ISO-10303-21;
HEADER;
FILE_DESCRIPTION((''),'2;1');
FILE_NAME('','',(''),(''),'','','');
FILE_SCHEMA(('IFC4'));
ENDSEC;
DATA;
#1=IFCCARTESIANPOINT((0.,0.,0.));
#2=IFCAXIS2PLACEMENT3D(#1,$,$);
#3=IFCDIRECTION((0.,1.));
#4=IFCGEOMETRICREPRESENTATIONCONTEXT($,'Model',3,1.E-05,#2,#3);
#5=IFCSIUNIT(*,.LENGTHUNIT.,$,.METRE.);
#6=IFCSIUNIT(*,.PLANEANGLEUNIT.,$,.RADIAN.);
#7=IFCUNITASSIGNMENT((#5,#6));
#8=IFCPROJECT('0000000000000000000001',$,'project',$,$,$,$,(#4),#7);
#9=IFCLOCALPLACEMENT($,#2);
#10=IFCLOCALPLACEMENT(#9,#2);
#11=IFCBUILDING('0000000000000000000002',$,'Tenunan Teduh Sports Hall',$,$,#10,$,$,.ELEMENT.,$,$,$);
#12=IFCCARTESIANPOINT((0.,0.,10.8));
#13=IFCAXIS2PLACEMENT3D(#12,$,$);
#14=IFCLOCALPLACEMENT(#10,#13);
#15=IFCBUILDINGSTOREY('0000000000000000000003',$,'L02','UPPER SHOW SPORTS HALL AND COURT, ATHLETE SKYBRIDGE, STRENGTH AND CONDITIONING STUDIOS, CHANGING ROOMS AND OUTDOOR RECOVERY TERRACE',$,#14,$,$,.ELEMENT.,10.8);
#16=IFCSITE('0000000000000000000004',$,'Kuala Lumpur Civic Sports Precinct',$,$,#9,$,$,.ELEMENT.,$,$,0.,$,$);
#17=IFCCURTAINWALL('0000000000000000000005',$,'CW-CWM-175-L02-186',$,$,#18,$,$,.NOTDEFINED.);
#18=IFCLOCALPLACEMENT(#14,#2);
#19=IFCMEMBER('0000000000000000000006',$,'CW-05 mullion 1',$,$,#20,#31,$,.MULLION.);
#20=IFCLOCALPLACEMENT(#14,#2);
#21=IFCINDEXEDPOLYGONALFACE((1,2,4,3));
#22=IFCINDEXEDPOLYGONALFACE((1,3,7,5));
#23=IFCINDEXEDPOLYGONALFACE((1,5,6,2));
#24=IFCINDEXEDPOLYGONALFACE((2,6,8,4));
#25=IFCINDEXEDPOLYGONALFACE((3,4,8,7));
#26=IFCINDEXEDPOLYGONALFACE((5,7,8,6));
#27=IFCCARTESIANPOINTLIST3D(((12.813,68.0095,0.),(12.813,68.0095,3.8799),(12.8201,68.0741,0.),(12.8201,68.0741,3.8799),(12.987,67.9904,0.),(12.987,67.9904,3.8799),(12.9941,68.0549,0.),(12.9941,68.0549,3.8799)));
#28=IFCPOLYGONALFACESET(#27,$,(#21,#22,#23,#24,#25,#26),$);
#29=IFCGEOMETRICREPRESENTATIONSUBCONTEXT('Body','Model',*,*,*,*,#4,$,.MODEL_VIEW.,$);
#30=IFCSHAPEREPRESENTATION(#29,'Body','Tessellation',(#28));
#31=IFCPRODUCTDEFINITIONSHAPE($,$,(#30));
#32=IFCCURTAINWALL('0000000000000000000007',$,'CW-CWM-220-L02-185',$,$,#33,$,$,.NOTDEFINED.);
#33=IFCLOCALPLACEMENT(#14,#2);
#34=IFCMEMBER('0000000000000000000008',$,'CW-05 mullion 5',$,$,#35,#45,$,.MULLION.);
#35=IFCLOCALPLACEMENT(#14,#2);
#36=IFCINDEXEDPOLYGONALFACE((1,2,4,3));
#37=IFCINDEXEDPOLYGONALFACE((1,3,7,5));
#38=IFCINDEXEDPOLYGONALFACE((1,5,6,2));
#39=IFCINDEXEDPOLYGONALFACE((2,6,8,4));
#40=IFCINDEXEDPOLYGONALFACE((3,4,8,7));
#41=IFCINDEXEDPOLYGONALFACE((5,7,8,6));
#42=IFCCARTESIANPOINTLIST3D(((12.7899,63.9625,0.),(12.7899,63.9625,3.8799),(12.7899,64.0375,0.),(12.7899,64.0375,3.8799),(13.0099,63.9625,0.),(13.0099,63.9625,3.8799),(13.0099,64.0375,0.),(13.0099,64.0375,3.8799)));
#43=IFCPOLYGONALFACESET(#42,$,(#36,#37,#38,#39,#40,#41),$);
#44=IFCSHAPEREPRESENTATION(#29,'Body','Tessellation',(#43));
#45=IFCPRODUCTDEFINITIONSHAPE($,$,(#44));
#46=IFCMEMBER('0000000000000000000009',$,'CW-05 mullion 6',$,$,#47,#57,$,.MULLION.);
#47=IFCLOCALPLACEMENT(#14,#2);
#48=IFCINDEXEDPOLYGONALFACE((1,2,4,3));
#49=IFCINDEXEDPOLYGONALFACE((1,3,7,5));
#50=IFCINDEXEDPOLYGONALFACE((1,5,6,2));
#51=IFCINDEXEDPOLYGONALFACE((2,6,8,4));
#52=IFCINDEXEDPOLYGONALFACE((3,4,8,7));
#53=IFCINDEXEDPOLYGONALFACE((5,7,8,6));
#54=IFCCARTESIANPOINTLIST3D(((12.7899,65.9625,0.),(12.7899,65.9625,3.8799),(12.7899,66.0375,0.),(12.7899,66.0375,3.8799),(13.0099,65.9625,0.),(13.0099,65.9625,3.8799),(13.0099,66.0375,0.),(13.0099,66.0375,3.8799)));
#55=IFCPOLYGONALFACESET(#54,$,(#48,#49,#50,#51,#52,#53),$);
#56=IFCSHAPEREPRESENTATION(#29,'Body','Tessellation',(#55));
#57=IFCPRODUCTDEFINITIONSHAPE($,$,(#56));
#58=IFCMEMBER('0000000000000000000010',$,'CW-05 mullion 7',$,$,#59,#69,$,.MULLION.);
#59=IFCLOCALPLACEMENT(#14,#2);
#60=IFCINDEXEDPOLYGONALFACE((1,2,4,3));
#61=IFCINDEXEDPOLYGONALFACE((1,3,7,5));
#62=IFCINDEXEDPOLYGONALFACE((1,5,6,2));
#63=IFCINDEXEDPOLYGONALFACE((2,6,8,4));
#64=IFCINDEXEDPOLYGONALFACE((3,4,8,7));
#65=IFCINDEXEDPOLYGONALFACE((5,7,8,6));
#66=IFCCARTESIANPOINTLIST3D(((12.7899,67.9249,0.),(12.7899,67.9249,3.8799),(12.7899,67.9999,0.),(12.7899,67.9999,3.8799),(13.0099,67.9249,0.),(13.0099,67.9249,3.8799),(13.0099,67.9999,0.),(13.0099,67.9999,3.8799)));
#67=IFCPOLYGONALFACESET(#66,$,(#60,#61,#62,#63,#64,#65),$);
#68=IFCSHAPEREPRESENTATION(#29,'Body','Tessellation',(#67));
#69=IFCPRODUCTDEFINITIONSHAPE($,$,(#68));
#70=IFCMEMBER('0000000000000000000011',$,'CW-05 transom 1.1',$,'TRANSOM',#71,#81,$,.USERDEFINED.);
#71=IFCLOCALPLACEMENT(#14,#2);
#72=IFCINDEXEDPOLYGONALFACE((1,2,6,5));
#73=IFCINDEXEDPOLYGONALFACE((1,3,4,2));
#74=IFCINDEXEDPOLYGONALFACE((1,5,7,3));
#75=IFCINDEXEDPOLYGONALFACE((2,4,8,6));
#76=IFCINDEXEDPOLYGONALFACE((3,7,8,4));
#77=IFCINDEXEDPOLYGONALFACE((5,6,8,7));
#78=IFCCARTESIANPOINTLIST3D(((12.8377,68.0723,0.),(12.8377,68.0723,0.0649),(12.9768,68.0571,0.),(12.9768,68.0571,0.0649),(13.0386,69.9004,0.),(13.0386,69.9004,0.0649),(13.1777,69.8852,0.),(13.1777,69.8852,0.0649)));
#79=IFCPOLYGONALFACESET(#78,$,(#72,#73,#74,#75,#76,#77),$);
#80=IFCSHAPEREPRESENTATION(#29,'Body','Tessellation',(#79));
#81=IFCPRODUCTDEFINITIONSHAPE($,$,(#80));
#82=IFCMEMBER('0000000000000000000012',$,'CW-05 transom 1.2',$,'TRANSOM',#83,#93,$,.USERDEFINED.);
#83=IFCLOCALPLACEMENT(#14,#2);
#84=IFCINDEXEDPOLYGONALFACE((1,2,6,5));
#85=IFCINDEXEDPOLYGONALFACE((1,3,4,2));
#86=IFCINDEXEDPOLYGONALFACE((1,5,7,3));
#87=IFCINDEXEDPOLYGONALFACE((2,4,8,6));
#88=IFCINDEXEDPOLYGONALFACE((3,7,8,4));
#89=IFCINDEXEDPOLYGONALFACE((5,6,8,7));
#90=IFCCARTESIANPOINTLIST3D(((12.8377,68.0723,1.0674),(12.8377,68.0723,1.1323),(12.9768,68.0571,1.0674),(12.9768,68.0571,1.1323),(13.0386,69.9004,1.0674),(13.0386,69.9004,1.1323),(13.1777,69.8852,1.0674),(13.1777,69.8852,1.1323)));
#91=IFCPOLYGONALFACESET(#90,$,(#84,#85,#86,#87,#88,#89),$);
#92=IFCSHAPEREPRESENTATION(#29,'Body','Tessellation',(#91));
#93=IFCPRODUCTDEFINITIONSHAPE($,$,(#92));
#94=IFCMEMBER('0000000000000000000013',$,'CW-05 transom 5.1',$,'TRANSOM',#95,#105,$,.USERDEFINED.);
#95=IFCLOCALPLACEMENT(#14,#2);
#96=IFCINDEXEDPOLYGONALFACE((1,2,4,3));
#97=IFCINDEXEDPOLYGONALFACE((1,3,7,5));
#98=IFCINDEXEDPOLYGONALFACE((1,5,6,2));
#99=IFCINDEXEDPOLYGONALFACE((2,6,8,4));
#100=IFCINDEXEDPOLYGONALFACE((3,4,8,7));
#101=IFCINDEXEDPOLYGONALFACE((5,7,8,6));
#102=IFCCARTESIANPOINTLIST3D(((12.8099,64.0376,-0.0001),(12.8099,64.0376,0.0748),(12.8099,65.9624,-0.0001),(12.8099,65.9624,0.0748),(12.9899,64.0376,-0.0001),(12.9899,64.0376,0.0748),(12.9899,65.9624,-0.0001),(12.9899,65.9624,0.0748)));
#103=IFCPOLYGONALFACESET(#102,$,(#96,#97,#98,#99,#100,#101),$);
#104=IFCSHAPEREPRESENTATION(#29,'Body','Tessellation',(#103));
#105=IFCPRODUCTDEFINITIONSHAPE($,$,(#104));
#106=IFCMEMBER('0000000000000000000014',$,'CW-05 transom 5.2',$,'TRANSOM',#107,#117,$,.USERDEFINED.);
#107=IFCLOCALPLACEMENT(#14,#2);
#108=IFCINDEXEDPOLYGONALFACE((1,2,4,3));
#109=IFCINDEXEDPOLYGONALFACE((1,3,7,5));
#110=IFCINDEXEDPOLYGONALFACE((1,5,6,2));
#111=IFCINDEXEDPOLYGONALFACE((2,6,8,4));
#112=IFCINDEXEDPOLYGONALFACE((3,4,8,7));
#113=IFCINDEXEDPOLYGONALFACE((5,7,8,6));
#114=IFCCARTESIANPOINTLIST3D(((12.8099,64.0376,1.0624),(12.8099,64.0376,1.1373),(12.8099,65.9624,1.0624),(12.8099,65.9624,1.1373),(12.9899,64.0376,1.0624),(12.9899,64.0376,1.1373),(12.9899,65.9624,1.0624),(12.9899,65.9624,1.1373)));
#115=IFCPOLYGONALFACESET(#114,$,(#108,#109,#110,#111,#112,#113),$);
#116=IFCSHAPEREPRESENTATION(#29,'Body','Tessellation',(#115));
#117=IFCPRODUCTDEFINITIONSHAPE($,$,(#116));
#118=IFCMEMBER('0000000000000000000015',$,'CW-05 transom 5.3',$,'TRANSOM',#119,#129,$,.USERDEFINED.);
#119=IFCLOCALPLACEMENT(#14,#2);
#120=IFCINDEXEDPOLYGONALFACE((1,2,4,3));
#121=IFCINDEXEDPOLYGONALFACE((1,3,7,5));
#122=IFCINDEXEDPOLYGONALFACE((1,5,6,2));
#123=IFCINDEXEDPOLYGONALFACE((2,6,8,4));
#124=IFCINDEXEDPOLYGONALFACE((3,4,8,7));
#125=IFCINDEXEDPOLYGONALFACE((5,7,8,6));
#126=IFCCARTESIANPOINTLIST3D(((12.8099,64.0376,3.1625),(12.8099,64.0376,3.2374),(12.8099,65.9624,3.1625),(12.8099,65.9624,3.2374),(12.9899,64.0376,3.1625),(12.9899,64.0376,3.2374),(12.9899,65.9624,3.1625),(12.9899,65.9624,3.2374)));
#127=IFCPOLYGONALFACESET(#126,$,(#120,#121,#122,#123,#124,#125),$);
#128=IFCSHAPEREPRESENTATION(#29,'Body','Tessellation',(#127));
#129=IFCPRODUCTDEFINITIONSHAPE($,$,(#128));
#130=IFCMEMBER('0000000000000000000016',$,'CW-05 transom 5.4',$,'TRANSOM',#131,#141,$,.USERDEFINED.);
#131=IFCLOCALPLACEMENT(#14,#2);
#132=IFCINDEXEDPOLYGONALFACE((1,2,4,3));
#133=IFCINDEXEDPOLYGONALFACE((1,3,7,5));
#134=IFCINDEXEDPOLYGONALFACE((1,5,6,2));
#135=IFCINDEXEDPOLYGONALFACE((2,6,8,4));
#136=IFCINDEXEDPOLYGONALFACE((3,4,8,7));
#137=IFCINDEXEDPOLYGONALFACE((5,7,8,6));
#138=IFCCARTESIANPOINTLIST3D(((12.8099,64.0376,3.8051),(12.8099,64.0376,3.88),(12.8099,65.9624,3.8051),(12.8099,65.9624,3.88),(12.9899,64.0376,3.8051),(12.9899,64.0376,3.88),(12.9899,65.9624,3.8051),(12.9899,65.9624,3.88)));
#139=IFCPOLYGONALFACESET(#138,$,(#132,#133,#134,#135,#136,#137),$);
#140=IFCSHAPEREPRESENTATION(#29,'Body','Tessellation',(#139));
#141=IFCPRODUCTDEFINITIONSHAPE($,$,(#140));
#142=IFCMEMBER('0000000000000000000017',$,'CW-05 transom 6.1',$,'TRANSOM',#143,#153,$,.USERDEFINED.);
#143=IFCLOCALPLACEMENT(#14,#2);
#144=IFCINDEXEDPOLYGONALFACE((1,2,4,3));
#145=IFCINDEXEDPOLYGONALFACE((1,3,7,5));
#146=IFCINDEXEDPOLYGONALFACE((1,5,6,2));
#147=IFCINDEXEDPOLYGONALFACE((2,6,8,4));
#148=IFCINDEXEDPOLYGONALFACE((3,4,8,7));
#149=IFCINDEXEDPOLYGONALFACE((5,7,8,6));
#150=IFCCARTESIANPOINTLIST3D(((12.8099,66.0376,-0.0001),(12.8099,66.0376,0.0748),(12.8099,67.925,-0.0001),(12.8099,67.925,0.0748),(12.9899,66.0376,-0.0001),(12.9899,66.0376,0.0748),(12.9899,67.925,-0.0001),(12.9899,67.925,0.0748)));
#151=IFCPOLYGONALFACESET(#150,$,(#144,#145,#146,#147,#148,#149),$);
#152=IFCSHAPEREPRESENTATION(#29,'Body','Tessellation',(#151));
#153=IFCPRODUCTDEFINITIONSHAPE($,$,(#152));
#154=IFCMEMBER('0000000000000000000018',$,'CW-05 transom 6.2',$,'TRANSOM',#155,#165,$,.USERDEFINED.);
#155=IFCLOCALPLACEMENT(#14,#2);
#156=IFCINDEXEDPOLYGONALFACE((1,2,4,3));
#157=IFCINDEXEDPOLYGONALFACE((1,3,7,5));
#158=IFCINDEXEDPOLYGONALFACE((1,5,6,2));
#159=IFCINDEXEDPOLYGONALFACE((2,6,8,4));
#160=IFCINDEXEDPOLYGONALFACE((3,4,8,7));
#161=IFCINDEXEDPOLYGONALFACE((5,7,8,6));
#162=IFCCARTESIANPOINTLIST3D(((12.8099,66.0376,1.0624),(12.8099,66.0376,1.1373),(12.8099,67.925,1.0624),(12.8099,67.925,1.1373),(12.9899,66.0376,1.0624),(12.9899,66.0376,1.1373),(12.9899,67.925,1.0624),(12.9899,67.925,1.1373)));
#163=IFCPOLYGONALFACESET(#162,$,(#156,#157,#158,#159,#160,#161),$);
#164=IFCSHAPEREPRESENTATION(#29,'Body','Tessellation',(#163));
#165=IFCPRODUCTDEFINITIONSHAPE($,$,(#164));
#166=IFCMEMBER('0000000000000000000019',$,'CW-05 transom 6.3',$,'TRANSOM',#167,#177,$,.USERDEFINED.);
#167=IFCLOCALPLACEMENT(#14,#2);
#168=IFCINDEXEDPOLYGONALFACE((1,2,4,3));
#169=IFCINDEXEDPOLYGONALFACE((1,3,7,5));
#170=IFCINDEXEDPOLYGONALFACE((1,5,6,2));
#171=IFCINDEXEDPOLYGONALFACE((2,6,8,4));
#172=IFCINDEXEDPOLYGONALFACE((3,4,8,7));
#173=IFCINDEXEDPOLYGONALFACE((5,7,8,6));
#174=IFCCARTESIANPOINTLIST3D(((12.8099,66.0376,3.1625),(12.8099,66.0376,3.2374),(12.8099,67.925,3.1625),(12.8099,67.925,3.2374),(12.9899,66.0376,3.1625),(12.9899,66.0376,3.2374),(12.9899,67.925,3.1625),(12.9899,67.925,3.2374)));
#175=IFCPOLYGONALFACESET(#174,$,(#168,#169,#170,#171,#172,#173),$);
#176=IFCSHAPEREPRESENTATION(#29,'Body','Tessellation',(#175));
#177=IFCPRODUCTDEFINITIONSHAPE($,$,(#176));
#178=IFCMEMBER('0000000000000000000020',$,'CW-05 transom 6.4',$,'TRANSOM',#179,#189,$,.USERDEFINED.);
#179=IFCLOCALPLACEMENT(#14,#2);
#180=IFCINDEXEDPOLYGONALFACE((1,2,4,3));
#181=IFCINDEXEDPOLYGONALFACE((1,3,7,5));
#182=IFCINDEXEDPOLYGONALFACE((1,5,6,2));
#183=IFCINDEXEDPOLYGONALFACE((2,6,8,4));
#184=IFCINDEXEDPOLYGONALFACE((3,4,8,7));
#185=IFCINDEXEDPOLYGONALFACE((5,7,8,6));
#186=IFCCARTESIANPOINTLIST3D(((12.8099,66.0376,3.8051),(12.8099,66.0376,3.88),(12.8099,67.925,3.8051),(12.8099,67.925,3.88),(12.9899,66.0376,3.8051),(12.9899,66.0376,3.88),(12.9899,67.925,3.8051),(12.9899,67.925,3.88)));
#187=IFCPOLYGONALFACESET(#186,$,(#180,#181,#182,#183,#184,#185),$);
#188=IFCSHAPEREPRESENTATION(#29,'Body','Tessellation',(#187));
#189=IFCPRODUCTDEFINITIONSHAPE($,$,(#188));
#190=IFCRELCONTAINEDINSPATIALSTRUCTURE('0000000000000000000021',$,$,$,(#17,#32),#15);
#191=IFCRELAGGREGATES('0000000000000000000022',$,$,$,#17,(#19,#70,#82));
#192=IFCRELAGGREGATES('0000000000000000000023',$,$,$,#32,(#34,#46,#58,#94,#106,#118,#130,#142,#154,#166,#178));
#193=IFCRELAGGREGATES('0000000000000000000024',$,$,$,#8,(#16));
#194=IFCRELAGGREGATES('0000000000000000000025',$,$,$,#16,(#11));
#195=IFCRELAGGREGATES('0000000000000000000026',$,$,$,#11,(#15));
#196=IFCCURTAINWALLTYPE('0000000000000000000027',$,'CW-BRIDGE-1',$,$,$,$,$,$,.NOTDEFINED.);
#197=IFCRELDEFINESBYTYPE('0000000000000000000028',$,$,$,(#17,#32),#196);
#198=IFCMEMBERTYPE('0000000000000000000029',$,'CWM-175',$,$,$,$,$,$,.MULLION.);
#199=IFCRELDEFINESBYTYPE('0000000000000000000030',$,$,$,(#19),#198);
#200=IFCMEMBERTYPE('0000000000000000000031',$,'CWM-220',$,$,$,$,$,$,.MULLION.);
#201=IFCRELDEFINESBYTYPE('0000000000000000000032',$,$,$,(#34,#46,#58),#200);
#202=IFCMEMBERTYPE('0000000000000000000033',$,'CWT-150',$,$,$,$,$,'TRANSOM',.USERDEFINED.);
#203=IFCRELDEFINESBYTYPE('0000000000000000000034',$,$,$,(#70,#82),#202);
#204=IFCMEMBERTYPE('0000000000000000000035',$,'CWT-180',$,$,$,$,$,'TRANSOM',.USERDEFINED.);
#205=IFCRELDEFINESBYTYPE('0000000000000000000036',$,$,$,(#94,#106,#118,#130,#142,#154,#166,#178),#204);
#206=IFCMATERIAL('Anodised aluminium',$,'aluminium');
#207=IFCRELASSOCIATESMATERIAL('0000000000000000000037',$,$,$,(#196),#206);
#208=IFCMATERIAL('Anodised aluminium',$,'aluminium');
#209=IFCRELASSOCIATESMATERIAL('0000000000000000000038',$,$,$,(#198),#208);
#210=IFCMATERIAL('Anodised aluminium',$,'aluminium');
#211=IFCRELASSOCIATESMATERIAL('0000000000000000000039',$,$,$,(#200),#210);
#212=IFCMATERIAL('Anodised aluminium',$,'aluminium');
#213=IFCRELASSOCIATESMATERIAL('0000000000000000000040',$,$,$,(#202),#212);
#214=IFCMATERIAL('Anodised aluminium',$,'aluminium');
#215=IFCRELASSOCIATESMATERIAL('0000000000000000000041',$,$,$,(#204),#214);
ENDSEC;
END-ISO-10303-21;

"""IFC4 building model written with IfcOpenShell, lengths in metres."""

from ifc_helpers import new_model, si_unit, direction, frame, origin, origin_2d, place, context, subcontext, project, spatial, rectangle, extrude, material, material_profile, profile_set, type_object, element, aggregate, save


model = new_model("IFC4")

# Units and contexts
model_context = context("Model", 3, precision=1e-05, world=origin(), true_north=direction((0.0, 1.0)))
body_context = subcontext(model_context, "Body", "Model", "MODEL_VIEW")
ifc_project = project(units=[si_unit("LENGTHUNIT", "METRE"), si_unit("PLANEANGLEUNIT", "RADIAN")], contexts=[model_context])

# Site, building, storey
site_placement = place(None, origin())
site = spatial("IfcSite", under=ifc_project, at=site_placement, Name="Kuala Lumpur Civic Sports Precinct", CompositionType="ELEMENT", RefElevation=0.0)
building_placement = place(site_placement, origin())
building = spatial("IfcBuilding", under=site, at=building_placement, Name="Tenunan Teduh Sports Hall", CompositionType="ELEMENT")
storey_placement = place(building_placement, frame((0.0, 0.0, 10.8)))
storey = spatial("IfcBuildingStorey", under=building, at=storey_placement, Name="L02", Description="UPPER SHOW SPORTS HALL AND COURT, ATHLETE SKYBRIDGE, STRENGTH AND CONDITIONING STUDIOS, CHANGING ROOMS AND OUTDOOR RECOVERY TERRACE", CompositionType="ELEMENT", Elevation=10.8)

# Curtain wall, member
ifc_material_1 = material(Name="Anodised aluminium", Category="aluminium")
curtain_wall_type = type_object("IfcCurtainWallType", Name="CW-BRIDGE-1", PredefinedType="NOTDEFINED", material=ifc_material_1)
curtain_wall_1_placement = place(storey_placement, origin())
curtain_wall_1 = element("IfcCurtainWall", 1, at=curtain_wall_1_placement, inside=storey, type_object=curtain_wall_type, Name="CW-CWM-175-L02-186", PredefinedType="NOTDEFINED")
ifc_material_2 = material(Name="Anodised aluminium", Category="aluminium")
ifc_material_profile_1 = material_profile(ifc_material_2, rectangle(XDim=0.0649, YDim=0.175, at=origin_2d()), Name="CWM 65x175")
ifc_profile_set_1 = profile_set([ifc_material_profile_1], Name="Anodised aluminium")
member_type_1 = type_object("IfcMemberType", Name="CWM-175", PredefinedType="MULLION", material=ifc_profile_set_1)
member_1_placement = place(storey_placement, frame((12.9036, 68.0322, 0.0), z_axis=(0.0, 0.0, 1.0), x_axis=(0.109337, 0.994005, 0.0)))
member_1 = element("IfcMember", 2, at=member_1_placement, type_object=member_type_1, Name="CW-05 mullion 1", PredefinedType="MULLION", context=body_context, shape_type="SweptSolid", body=[
    extrude(rectangle(XDim=0.0649, YDim=0.175, at=origin_2d()), origin(), (0.0, 0.0, 1.0), 3.8799),
])

# Curtain wall, members
curtain_wall_2_placement = place(storey_placement, origin())
curtain_wall_2 = element("IfcCurtainWall", 3, at=curtain_wall_2_placement, inside=storey, type_object=curtain_wall_type, Name="CW-CWM-220-L02-185", PredefinedType="NOTDEFINED")
ifc_material_3 = material(Name="Anodised aluminium", Category="aluminium")
ifc_material_profile_2 = material_profile(ifc_material_3, rectangle(XDim=0.075, YDim=0.22, at=origin_2d()), Name="CWM 75x220")
ifc_profile_set_2 = profile_set([ifc_material_profile_2], Name="Anodised aluminium")
member_type_2 = type_object("IfcMemberType", Name="CWM-220", PredefinedType="MULLION", material=ifc_profile_set_2)
member_2_placement = place(storey_placement, frame((12.8999, 64.0, 0.0), z_axis=(0.0, 0.0, 1.0), x_axis=(0.0, 1.0, 0.0)))
member_2 = element("IfcMember", 4, at=member_2_placement, type_object=member_type_2, Name="CW-05 mullion 5", PredefinedType="MULLION", context=body_context, shape_type="SweptSolid", body=[
    extrude(rectangle(XDim=0.075, YDim=0.22, at=origin_2d()), origin(), (0.0, 0.0, 1.0), 3.8799),
])
member_3_placement = place(storey_placement, frame((12.8999, 66.0, 0.0), z_axis=(0.0, 0.0, 1.0), x_axis=(0.0, 1.0, 0.0)))
member_3 = element("IfcMember", 5, at=member_3_placement, type_object=member_type_2, Name="CW-05 mullion 6", PredefinedType="MULLION", context=body_context, shape_type="SweptSolid", body=[
    extrude(rectangle(XDim=0.075, YDim=0.22, at=origin_2d()), origin(), (0.0, 0.0, 1.0), 3.8799),
])
member_4_placement = place(storey_placement, frame((12.8999, 67.9624, 0.0), z_axis=(0.0, 0.0, 1.0), x_axis=(0.0, 1.0, 0.0)))
member_4 = element("IfcMember", 6, at=member_4_placement, type_object=member_type_2, Name="CW-05 mullion 7", PredefinedType="MULLION", context=body_context, shape_type="SweptSolid", body=[
    extrude(rectangle(XDim=0.075, YDim=0.22, at=origin_2d()), origin(), (0.0, 0.0, 1.0), 3.8799),
])

# Members
ifc_material_4 = material(Name="Anodised aluminium", Category="aluminium")
ifc_material_profile_3 = material_profile(ifc_material_4, rectangle(XDim=0.0649, YDim=0.1399, at=origin_2d()), Name="CWT 65x140")
ifc_profile_set_3 = profile_set([ifc_material_profile_3], Name="Anodised aluminium")
member_type_3 = type_object("IfcMemberType", Name="CWT-150", ElementType="TRANSOM", PredefinedType="USERDEFINED", material=ifc_profile_set_3)
member_5_placement = place(storey_placement, frame((12.9072, 68.0647, 0.0325), z_axis=(0.109251, 0.994014, 0.0), x_axis=(0.0, 0.0, 1.0)))
member_5 = element("IfcMember", 7, at=member_5_placement, type_object=member_type_3, Name="CW-05 transom 1.1", ObjectType="TRANSOM", PredefinedType="USERDEFINED", context=body_context, shape_type="SweptSolid", body=[
    extrude(rectangle(XDim=0.0649, YDim=0.1399, at=origin_2d()), origin(), (0.0, 0.0, 1.0), 1.8391),
])
member_6_placement = place(storey_placement, frame((12.9072, 68.0647, 1.0999), z_axis=(0.109251, 0.994014, 0.0), x_axis=(0.0, 0.0, 1.0)))
member_6 = element("IfcMember", 8, at=member_6_placement, type_object=member_type_3, Name="CW-05 transom 1.2", ObjectType="TRANSOM", PredefinedType="USERDEFINED", context=body_context, shape_type="SweptSolid", body=[
    extrude(rectangle(XDim=0.0649, YDim=0.1399, at=origin_2d()), origin(), (0.0, 0.0, 1.0), 1.8391),
])
aggregate(curtain_wall_1, [member_1, member_5, member_6])
ifc_material_5 = material(Name="Anodised aluminium", Category="aluminium")
ifc_material_profile_4 = material_profile(ifc_material_5, rectangle(XDim=0.075, YDim=0.1799, at=origin_2d()), Name="CWT 75x180")
ifc_profile_set_4 = profile_set([ifc_material_profile_4], Name="Anodised aluminium")
member_type_4 = type_object("IfcMemberType", Name="CWT-180", ElementType="TRANSOM", PredefinedType="USERDEFINED", material=ifc_profile_set_4)
member_7_placement = place(storey_placement, frame((12.8999, 64.0376, 0.0374), z_axis=(0.0, 1.0, 0.0), x_axis=(0.0, 0.0, 1.0)))
member_7 = element("IfcMember", 9, at=member_7_placement, type_object=member_type_4, Name="CW-05 transom 5.1", ObjectType="TRANSOM", PredefinedType="USERDEFINED", context=body_context, shape_type="SweptSolid", body=[
    extrude(rectangle(XDim=0.075, YDim=0.1799, at=origin_2d()), origin(), (0.0, 0.0, 1.0), 1.9248),
])
member_8_placement = place(storey_placement, frame((12.8999, 64.0376, 1.0999), z_axis=(0.0, 1.0, 0.0), x_axis=(0.0, 0.0, 1.0)))
member_8 = element("IfcMember", 10, at=member_8_placement, type_object=member_type_4, Name="CW-05 transom 5.2", ObjectType="TRANSOM", PredefinedType="USERDEFINED", context=body_context, shape_type="SweptSolid", body=[
    extrude(rectangle(XDim=0.075, YDim=0.1799, at=origin_2d()), origin(), (0.0, 0.0, 1.0), 1.9248),
])
member_9_placement = place(storey_placement, frame((12.8999, 64.0376, 3.2), z_axis=(0.0, 1.0, 0.0), x_axis=(0.0, 0.0, 1.0)))
member_9 = element("IfcMember", 11, at=member_9_placement, type_object=member_type_4, Name="CW-05 transom 5.3", ObjectType="TRANSOM", PredefinedType="USERDEFINED", context=body_context, shape_type="SweptSolid", body=[
    extrude(rectangle(XDim=0.075, YDim=0.1799, at=origin_2d()), origin(), (0.0, 0.0, 1.0), 1.9248),
])
member_10_placement = place(storey_placement, frame((12.8999, 64.0376, 3.8425), z_axis=(0.0, 1.0, 0.0), x_axis=(0.0, 0.0, 1.0)))
member_10 = element("IfcMember", 12, at=member_10_placement, type_object=member_type_4, Name="CW-05 transom 5.4", ObjectType="TRANSOM", PredefinedType="USERDEFINED", context=body_context, shape_type="SweptSolid", body=[
    extrude(rectangle(XDim=0.075, YDim=0.1799, at=origin_2d()), origin(), (0.0, 0.0, 1.0), 1.9248),
])
member_11_placement = place(storey_placement, frame((12.8999, 66.0376, 0.0374), z_axis=(0.0, 1.0, 0.0), x_axis=(0.0, 0.0, 1.0)))
member_11 = element("IfcMember", 13, at=member_11_placement, type_object=member_type_4, Name="CW-05 transom 6.1", ObjectType="TRANSOM", PredefinedType="USERDEFINED", context=body_context, shape_type="SweptSolid", body=[
    extrude(rectangle(XDim=0.075, YDim=0.1799, at=origin_2d()), origin(), (0.0, 0.0, 1.0), 1.8875),
])
member_12_placement = place(storey_placement, frame((12.8999, 66.0376, 1.0999), z_axis=(0.0, 1.0, 0.0), x_axis=(0.0, 0.0, 1.0)))
member_12 = element("IfcMember", 14, at=member_12_placement, type_object=member_type_4, Name="CW-05 transom 6.2", ObjectType="TRANSOM", PredefinedType="USERDEFINED", context=body_context, shape_type="SweptSolid", body=[
    extrude(rectangle(XDim=0.075, YDim=0.1799, at=origin_2d()), origin(), (0.0, 0.0, 1.0), 1.8875),
])
member_13_placement = place(storey_placement, frame((12.8999, 66.0376, 3.2), z_axis=(0.0, 1.0, 0.0), x_axis=(0.0, 0.0, 1.0)))
member_13 = element("IfcMember", 15, at=member_13_placement, type_object=member_type_4, Name="CW-05 transom 6.3", ObjectType="TRANSOM", PredefinedType="USERDEFINED", context=body_context, shape_type="SweptSolid", body=[
    extrude(rectangle(XDim=0.075, YDim=0.1799, at=origin_2d()), origin(), (0.0, 0.0, 1.0), 1.8875),
])
member_14_placement = place(storey_placement, frame((12.8999, 66.0376, 3.8425), z_axis=(0.0, 1.0, 0.0), x_axis=(0.0, 0.0, 1.0)))
member_14 = element("IfcMember", 16, at=member_14_placement, type_object=member_type_4, Name="CW-05 transom 6.4", ObjectType="TRANSOM", PredefinedType="USERDEFINED", context=body_context, shape_type="SweptSolid", body=[
    extrude(rectangle(XDim=0.075, YDim=0.1799, at=origin_2d()), origin(), (0.0, 0.0, 1.0), 1.8875),
])

aggregate(curtain_wall_2, [member_2, member_3, member_4, member_7, member_8, member_9, member_10, member_11, member_12, member_13, member_14])

save(model, "model.ifc")
